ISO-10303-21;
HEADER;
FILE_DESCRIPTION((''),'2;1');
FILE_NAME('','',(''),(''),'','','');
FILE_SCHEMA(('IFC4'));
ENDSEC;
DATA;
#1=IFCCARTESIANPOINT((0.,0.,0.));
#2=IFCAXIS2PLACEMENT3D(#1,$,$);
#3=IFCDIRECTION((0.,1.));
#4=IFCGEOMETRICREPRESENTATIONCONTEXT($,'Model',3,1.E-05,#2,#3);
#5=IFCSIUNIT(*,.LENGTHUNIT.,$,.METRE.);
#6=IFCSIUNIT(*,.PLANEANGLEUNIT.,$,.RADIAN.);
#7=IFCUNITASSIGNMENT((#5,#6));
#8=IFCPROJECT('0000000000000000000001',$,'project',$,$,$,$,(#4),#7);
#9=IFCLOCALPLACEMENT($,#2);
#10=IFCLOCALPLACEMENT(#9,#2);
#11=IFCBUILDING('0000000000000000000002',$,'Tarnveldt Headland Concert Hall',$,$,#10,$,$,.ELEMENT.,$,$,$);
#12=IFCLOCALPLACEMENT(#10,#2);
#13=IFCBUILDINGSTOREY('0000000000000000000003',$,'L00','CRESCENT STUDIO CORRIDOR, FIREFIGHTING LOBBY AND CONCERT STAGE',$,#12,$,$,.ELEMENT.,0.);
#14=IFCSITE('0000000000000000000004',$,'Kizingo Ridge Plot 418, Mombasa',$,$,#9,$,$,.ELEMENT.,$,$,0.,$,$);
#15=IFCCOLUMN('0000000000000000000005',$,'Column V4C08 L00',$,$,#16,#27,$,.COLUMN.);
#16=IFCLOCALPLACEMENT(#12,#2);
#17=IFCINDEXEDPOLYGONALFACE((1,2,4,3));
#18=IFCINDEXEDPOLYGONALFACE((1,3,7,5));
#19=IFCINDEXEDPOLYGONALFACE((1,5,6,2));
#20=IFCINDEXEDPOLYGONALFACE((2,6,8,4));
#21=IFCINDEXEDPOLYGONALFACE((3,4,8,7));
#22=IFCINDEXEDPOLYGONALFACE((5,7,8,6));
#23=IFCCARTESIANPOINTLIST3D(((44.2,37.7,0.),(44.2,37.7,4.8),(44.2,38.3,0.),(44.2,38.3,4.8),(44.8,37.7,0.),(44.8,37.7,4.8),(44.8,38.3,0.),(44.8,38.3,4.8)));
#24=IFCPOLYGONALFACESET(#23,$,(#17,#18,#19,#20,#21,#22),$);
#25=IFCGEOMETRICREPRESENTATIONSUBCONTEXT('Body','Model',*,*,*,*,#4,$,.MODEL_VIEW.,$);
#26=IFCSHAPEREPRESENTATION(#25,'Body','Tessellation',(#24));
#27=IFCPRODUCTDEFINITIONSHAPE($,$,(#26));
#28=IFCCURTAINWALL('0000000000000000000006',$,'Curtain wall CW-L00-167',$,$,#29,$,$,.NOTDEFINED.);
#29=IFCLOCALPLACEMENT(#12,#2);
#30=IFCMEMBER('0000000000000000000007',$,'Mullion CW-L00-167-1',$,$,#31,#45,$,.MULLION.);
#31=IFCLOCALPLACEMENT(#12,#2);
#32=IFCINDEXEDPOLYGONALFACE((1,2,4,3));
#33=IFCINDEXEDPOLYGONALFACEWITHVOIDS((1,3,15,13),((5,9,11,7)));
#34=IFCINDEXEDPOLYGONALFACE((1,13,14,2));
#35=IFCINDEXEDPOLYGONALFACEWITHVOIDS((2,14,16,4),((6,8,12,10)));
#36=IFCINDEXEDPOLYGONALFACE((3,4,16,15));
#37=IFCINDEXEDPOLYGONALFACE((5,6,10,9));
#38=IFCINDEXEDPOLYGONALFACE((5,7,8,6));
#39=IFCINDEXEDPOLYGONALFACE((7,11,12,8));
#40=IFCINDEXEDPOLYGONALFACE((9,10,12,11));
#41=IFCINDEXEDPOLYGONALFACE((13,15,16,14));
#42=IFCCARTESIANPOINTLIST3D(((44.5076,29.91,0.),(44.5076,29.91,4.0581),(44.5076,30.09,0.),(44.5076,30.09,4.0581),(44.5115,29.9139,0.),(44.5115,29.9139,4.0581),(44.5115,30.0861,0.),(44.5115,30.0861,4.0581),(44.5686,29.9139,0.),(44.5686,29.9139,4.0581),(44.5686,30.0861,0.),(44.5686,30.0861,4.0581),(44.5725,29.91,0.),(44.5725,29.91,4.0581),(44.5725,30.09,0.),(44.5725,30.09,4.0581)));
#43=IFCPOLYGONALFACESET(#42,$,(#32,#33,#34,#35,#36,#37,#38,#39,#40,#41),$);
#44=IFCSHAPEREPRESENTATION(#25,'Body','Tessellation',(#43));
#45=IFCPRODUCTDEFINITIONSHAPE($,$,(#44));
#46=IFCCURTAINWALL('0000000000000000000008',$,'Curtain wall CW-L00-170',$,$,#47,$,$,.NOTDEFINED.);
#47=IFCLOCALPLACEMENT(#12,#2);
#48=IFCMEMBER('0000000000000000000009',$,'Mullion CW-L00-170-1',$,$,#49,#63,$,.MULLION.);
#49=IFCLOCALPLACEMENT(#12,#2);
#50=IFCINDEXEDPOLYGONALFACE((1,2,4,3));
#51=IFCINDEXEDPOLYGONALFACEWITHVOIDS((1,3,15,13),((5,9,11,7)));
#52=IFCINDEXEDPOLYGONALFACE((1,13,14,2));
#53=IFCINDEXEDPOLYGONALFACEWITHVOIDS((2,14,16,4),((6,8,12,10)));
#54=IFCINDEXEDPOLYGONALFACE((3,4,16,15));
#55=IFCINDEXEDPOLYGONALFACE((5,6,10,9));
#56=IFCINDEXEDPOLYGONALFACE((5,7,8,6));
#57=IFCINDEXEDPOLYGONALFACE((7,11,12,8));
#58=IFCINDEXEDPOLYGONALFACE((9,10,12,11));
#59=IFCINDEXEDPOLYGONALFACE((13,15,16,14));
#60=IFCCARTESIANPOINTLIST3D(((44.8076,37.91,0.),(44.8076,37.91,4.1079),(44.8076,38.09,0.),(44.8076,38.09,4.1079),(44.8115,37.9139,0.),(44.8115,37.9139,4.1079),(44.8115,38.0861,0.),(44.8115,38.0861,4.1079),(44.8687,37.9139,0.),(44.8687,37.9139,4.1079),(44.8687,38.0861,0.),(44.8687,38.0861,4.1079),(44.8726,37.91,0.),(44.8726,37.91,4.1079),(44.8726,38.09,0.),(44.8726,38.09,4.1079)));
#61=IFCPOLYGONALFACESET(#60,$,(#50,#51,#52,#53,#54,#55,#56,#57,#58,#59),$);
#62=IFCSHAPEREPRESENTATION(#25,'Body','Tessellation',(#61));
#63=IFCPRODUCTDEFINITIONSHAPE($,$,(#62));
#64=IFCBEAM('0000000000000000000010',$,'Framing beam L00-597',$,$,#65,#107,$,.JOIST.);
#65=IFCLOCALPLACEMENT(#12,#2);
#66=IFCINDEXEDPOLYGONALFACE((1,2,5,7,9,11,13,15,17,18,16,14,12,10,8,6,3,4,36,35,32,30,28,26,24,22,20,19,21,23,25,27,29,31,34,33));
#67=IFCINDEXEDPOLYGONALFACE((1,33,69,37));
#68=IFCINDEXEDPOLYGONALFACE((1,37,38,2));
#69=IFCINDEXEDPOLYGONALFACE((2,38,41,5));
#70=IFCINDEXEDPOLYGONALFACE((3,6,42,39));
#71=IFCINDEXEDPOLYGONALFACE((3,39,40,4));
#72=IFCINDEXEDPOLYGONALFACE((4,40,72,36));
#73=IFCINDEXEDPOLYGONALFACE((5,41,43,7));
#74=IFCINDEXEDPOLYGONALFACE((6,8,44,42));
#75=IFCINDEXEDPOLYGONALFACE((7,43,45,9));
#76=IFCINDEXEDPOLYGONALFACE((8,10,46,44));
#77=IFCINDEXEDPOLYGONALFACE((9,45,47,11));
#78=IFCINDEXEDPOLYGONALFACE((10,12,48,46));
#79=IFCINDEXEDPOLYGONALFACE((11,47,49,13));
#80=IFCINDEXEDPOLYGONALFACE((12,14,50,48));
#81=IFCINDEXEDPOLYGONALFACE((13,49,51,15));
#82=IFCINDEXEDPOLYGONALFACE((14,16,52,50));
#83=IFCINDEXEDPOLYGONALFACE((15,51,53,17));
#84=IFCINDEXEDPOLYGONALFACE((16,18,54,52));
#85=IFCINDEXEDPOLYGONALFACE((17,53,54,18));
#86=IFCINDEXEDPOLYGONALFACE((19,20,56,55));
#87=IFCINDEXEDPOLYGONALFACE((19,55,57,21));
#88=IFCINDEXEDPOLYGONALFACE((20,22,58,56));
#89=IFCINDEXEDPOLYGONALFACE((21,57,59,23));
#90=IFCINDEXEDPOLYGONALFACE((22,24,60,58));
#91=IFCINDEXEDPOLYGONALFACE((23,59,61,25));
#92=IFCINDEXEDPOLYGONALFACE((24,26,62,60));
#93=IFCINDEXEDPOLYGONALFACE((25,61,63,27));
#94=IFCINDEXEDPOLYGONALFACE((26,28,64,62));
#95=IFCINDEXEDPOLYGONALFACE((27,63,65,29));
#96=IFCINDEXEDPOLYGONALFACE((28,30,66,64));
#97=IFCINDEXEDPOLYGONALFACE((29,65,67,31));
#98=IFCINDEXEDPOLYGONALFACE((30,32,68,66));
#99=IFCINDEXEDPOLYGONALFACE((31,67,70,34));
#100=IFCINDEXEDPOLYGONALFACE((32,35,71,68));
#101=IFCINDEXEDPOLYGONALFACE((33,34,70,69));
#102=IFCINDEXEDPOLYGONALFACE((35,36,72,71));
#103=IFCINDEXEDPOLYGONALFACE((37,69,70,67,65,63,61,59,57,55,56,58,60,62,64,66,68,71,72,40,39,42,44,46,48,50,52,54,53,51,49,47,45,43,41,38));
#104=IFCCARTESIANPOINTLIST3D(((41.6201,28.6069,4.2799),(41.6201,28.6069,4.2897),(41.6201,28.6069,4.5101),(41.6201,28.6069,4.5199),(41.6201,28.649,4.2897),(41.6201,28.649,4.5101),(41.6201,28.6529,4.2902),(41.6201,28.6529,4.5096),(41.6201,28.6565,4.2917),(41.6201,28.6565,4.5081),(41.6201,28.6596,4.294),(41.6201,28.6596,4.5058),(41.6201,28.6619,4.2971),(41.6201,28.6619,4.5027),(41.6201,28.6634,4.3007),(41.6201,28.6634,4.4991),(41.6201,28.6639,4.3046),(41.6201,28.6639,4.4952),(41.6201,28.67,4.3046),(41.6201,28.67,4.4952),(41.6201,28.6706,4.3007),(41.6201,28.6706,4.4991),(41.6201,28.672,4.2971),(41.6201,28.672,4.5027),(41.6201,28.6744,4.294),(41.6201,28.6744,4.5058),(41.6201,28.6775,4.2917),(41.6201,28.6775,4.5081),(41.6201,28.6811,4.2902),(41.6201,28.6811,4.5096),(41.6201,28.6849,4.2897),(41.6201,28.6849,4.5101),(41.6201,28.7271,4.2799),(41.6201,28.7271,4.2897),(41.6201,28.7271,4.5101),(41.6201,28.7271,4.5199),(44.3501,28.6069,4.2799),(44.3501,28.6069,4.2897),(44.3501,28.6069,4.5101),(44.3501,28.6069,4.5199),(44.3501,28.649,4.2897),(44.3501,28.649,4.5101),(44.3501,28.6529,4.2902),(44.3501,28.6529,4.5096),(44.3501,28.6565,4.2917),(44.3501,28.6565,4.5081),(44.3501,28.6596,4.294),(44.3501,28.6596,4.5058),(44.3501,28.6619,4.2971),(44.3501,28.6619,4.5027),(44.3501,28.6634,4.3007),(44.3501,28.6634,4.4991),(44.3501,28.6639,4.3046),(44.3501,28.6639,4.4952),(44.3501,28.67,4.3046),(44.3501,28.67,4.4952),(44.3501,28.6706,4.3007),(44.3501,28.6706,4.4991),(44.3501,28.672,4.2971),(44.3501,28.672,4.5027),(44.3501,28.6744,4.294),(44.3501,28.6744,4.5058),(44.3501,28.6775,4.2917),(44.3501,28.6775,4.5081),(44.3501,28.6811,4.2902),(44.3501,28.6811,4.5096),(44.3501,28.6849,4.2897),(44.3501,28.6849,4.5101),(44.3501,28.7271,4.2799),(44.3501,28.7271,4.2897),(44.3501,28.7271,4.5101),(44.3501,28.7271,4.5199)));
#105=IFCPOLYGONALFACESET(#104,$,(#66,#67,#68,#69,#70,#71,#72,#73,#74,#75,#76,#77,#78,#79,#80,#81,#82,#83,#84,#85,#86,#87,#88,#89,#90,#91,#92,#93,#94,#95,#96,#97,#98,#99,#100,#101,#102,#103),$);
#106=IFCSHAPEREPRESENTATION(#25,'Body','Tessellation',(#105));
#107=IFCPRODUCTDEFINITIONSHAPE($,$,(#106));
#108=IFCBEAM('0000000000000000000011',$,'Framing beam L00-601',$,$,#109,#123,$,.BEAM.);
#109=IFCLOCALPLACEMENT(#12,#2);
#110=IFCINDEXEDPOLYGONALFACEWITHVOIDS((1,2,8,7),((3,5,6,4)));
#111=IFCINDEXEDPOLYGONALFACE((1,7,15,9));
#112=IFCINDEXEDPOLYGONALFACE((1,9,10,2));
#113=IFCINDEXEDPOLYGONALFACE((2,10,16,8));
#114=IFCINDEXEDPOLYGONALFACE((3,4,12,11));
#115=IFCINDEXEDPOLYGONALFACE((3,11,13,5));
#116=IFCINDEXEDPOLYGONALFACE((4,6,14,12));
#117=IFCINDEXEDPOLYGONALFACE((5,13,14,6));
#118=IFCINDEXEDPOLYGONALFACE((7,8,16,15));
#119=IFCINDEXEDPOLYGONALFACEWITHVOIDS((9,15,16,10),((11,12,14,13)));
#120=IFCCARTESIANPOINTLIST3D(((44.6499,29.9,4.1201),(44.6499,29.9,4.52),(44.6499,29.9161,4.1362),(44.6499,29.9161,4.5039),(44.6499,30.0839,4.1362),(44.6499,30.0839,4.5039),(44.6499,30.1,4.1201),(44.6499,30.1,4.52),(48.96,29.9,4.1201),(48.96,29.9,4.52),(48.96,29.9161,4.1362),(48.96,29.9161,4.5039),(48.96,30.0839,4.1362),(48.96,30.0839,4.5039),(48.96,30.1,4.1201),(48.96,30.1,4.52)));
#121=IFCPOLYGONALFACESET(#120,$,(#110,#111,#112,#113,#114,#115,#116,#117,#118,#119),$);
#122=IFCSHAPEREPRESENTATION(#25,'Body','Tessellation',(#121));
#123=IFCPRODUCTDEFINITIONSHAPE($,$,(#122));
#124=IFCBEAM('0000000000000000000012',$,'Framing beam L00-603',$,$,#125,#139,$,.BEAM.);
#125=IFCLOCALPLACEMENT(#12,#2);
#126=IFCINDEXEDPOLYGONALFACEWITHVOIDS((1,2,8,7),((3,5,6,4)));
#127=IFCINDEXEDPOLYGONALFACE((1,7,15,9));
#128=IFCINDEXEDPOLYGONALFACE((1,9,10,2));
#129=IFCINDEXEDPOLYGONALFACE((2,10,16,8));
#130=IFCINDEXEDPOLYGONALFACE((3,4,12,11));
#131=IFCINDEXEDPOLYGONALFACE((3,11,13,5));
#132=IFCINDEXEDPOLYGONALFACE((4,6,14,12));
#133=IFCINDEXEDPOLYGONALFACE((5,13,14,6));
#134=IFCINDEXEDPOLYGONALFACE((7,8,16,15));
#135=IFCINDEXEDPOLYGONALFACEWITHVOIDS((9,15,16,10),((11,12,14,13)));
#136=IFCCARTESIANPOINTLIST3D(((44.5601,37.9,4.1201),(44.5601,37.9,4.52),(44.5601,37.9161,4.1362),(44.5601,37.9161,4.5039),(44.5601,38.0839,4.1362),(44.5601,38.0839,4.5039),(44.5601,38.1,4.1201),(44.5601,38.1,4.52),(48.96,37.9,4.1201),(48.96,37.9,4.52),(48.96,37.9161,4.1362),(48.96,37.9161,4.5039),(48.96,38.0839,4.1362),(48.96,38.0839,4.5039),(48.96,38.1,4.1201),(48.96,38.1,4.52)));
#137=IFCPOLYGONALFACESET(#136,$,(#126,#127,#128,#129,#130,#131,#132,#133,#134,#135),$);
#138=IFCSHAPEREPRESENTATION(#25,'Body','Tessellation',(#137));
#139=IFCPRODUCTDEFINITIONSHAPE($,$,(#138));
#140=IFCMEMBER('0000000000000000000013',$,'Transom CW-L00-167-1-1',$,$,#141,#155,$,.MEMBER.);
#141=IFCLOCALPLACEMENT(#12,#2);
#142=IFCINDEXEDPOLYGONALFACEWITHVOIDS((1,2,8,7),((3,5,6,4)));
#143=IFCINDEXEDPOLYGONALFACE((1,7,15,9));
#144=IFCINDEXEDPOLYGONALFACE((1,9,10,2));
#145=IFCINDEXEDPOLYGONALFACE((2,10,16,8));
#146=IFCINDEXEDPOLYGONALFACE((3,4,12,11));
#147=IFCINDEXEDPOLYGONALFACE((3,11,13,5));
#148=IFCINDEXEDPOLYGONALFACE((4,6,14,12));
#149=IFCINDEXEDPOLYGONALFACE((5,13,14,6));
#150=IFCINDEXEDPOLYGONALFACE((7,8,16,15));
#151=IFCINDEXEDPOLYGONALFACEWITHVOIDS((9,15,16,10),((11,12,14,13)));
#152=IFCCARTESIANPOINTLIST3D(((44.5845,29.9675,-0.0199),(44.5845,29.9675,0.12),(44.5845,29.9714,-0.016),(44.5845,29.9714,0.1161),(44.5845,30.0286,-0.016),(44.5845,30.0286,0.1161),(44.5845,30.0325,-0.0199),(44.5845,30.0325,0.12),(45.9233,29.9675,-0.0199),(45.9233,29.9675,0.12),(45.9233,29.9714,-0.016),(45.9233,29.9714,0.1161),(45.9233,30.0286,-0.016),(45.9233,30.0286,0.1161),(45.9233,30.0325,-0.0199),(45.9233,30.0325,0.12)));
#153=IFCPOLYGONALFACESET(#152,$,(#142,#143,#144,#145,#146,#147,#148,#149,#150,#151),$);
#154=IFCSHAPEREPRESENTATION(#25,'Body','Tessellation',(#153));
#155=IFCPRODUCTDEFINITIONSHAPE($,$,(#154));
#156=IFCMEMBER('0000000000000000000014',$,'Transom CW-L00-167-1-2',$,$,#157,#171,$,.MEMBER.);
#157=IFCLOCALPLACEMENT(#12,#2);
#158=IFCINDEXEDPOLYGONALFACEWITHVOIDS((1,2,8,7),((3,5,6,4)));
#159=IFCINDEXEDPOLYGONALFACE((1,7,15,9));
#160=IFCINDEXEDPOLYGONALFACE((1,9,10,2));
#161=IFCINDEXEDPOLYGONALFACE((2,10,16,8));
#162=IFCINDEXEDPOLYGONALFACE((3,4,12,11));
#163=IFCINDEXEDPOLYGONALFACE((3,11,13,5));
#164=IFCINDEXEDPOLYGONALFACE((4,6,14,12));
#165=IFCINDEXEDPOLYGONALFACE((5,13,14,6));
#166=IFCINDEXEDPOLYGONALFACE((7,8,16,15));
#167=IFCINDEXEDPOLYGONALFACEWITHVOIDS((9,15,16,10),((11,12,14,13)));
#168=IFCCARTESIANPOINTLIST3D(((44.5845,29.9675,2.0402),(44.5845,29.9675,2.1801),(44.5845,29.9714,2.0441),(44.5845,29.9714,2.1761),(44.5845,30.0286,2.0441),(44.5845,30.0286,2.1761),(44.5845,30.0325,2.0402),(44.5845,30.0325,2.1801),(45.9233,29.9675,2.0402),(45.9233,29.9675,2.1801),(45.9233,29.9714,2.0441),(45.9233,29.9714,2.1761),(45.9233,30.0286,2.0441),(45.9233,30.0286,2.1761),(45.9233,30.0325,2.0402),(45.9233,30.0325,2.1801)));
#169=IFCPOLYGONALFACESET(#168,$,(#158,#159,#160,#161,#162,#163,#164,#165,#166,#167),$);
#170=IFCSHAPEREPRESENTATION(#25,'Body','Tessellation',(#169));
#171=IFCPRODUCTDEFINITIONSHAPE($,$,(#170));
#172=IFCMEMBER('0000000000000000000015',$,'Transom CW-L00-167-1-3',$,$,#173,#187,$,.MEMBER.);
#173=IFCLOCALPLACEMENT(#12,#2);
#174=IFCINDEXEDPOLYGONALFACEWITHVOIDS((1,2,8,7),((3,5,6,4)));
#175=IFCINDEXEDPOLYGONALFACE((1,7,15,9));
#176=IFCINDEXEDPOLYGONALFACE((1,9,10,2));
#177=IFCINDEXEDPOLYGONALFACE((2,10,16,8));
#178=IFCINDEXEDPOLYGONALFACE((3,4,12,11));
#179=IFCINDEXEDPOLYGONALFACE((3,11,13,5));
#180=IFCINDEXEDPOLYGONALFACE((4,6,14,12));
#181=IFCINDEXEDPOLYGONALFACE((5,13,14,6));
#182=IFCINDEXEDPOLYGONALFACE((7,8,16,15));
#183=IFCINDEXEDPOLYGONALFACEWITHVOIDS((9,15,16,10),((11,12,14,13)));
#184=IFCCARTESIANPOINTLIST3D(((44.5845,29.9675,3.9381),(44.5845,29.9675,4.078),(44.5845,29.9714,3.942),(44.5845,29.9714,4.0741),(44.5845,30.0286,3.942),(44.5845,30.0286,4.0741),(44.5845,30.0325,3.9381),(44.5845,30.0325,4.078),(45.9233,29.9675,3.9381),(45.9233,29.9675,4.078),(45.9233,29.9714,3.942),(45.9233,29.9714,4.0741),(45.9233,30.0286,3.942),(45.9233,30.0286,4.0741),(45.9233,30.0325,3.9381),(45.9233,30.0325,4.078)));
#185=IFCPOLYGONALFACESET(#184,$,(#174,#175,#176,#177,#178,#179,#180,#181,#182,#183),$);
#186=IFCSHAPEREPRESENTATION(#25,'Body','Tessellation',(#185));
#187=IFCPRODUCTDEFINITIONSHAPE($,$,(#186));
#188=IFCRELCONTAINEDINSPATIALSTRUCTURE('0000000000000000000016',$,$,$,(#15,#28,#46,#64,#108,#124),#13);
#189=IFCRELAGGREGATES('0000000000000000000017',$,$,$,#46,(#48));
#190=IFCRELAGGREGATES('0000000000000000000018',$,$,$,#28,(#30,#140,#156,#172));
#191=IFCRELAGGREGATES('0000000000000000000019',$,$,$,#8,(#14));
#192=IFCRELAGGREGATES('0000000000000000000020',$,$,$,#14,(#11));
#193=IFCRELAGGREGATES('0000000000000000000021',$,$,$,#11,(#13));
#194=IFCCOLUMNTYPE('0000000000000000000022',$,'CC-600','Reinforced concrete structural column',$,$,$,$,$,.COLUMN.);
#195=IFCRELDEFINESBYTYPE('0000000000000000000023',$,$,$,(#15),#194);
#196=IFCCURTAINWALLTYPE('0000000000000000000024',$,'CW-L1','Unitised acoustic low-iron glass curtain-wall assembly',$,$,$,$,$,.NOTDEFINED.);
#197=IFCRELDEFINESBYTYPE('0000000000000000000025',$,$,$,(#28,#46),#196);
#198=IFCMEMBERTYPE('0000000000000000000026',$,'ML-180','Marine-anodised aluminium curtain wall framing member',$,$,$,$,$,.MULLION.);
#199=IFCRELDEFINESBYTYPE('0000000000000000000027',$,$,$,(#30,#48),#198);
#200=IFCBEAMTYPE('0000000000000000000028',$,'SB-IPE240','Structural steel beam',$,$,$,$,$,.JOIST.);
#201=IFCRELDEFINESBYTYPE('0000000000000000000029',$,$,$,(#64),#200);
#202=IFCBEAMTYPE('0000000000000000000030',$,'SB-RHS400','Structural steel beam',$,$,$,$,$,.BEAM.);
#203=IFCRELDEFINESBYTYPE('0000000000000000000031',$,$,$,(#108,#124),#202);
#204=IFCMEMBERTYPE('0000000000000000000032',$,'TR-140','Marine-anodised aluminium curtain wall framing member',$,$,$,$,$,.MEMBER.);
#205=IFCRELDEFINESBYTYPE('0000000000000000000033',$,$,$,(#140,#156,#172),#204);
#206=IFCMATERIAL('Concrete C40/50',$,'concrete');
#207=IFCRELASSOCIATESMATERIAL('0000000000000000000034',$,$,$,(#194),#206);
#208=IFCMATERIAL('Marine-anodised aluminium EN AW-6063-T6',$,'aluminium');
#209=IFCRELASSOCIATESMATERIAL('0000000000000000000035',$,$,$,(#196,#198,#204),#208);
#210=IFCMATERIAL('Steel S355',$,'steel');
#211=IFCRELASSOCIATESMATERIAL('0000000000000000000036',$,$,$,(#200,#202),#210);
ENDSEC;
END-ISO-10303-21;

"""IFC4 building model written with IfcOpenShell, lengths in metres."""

from ifc_helpers import new_model, si_unit, direction, frame, origin, origin_2d, place, context, subcontext, project, spatial, rectangle, hollow_rectangle, i_section, extrude, material, material_profile, profile_set, type_object, element, aggregate, save


model = new_model("IFC4")

# Units and contexts
model_context = context("Model", 3, precision=1e-05, world=origin(), true_north=direction((0.0, 1.0)))
body_context = subcontext(model_context, "Body", "Model", "MODEL_VIEW")
ifc_project = project(units=[si_unit("LENGTHUNIT", "METRE"), si_unit("PLANEANGLEUNIT", "RADIAN")], contexts=[model_context])

# Site, building, storey
site_placement = place(None, origin())
site = spatial("IfcSite", under=ifc_project, at=site_placement, Name="Kizingo Ridge Plot 418, Mombasa", CompositionType="ELEMENT", RefElevation=0.0)
building_placement = place(site_placement, origin())
building = spatial("IfcBuilding", under=site, at=building_placement, Name="Tarnveldt Headland Concert Hall", CompositionType="ELEMENT")
storey_placement = place(building_placement, origin())
storey = spatial("IfcBuildingStorey", under=building, at=storey_placement, Name="L00", Description="CRESCENT STUDIO CORRIDOR, FIREFIGHTING LOBBY AND CONCERT STAGE", CompositionType="ELEMENT", Elevation=0.0)

# Column
ifc_material_1 = material(Name="Concrete C40/50", Category="concrete")
ifc_material_profile_1 = material_profile(ifc_material_1, rectangle(XDim=0.6001, YDim=0.6001, at=origin_2d()), Name="RC 600x600", Category="concrete")
ifc_profile_set_1 = profile_set([ifc_material_profile_1], Name="Concrete C40/50")
column_type = type_object("IfcColumnType", Name="CC-600", Description="Reinforced concrete structural column", PredefinedType="COLUMN", material=ifc_profile_set_1)
column_placement = place(storey_placement, frame((44.5, 38.0, 0.0), z_axis=(0.0, 0.0, 1.0), x_axis=(1.0, 0.0, 0.0)))
element("IfcColumn", 1, at=column_placement, inside=storey, type_object=column_type, Name="Column V4C08 L00", PredefinedType="COLUMN", context=body_context, shape_type="SweptSolid", body=[
    extrude(rectangle(XDim=0.6001, YDim=0.6001, at=origin_2d()), origin(), (0.0, 0.0, 1.0), 4.8),
])

# Curtain walls, members
ifc_material_2 = material(Name="Marine-anodised aluminium EN AW-6063-T6", Category="aluminium")
curtain_wall_type = type_object("IfcCurtainWallType", Name="CW-L1", Description="Unitised acoustic low-iron glass curtain-wall assembly", PredefinedType="NOTDEFINED", material=ifc_material_2)
curtain_wall_1_placement = place(storey_placement, origin())
curtain_wall_1 = element("IfcCurtainWall", 2, at=curtain_wall_1_placement, inside=storey, type_object=curtain_wall_type, Name="Curtain wall CW-L00-167", PredefinedType="NOTDEFINED")
ifc_material_profile_2 = material_profile(ifc_material_2, hollow_rectangle(XDim=0.0649, YDim=0.1799, WallThickness=0.0039, at=origin_2d()), Name="ALU MULLION 65x180x4", Category="aluminium")
ifc_profile_set_2 = profile_set([ifc_material_profile_2], Name="Marine-anodised aluminium EN AW-6063-T6")
member_type_1 = type_object("IfcMemberType", Name="ML-180", Description="Marine-anodised aluminium curtain wall framing member", PredefinedType="MULLION", material=ifc_profile_set_2)
member_1_placement = place(storey_placement, frame((44.54, 30.0, 0.0), z_axis=(0.0, 0.0, 1.0), x_axis=(1.0, 0.0, 0.0)))
member_1 = element("IfcMember", 3, at=member_1_placement, type_object=member_type_1, Name="Mullion CW-L00-167-1", PredefinedType="MULLION", context=body_context, shape_type="SweptSolid", body=[
    extrude(hollow_rectangle(XDim=0.0649, YDim=0.1799, WallThickness=0.0039, at=origin_2d()), origin(), (0.0, 0.0, 1.0), 4.0581),
])
curtain_wall_2_placement = place(storey_placement, origin())
curtain_wall_2 = element("IfcCurtainWall", 4, at=curtain_wall_2_placement, inside=storey, type_object=curtain_wall_type, Name="Curtain wall CW-L00-170", PredefinedType="NOTDEFINED")
member_2_placement = place(storey_placement, frame((44.8401, 38.0, 0.0), z_axis=(0.0, 0.0, 1.0), x_axis=(1.0, 0.0, 0.0)))
member_2 = element("IfcMember", 5, at=member_2_placement, type_object=member_type_1, Name="Mullion CW-L00-170-1", PredefinedType="MULLION", context=body_context, shape_type="SweptSolid", body=[
    extrude(hollow_rectangle(XDim=0.0649, YDim=0.1799, WallThickness=0.0039, at=origin_2d()), origin(), (0.0, 0.0, 1.0), 4.1079),
])
aggregate(curtain_wall_2, [member_2])

# Beams
ifc_material_3 = material(Name="Steel S355", Category="steel")
ifc_material_profile_3 = material_profile(ifc_material_3, i_section(OverallWidth=0.1201, OverallDepth=0.24, WebThickness=0.0061, FlangeThickness=0.0098, FilletRadius=0.0149, at=origin_2d()), Name="IPE240", Category="steel")
ifc_profile_set_3 = profile_set([ifc_material_profile_3], Name="Steel S355")
beam_type_1 = type_object("IfcBeamType", Name="SB-IPE240", Description="Structural steel beam", PredefinedType="JOIST", material=ifc_profile_set_3)
beam_1_placement = place(storey_placement, frame((41.6201, 28.667, 4.3999), z_axis=(1.0, 0.0, 0.0), x_axis=(0.0, 1.0, 0.0)))
element("IfcBeam", 6, at=beam_1_placement, inside=storey, type_object=beam_type_1, Name="Framing beam L00-597", PredefinedType="JOIST", context=body_context, shape_type="SweptSolid", body=[
    extrude(i_section(OverallWidth=0.1201, OverallDepth=0.24, WebThickness=0.0061, FlangeThickness=0.0098, FilletRadius=0.0149, at=origin_2d()), origin(), (0.0, 0.0, 1.0), 2.73),
])
ifc_material_profile_4 = material_profile(ifc_material_3, hollow_rectangle(XDim=0.2, YDim=0.3999, WallThickness=0.0161, at=origin_2d()), Name="RHS 400x200x16", Category="steel")
ifc_profile_set_4 = profile_set([ifc_material_profile_4], Name="Steel S355")
beam_type_2 = type_object("IfcBeamType", Name="SB-RHS400", Description="Structural steel beam", PredefinedType="BEAM", material=ifc_profile_set_4)
beam_2_placement = place(storey_placement, frame((44.6499, 30.0, 4.3201), z_axis=(1.0, 0.0, 0.0), x_axis=(0.0, 1.0, 0.0)))
element("IfcBeam", 7, at=beam_2_placement, inside=storey, type_object=beam_type_2, Name="Framing beam L00-601", PredefinedType="BEAM", context=body_context, shape_type="SweptSolid", body=[
    extrude(hollow_rectangle(XDim=0.2, YDim=0.3999, WallThickness=0.0161, at=origin_2d()), origin(), (0.0, 0.0, 1.0), 4.3101),
])
beam_3_placement = place(storey_placement, frame((44.5601, 38.0, 4.3201), z_axis=(1.0, 0.0, 0.0), x_axis=(0.0, 1.0, 0.0)))
element("IfcBeam", 8, at=beam_3_placement, inside=storey, type_object=beam_type_2, Name="Framing beam L00-603", PredefinedType="BEAM", context=body_context, shape_type="SweptSolid", body=[
    extrude(hollow_rectangle(XDim=0.2, YDim=0.3999, WallThickness=0.0161, at=origin_2d()), origin(), (0.0, 0.0, 1.0), 4.3999),
])

# Members
ifc_material_profile_5 = material_profile(ifc_material_2, hollow_rectangle(XDim=0.0649, YDim=0.1399, WallThickness=0.0039, at=origin_2d()), Name="ALU TRANSOM 65x140x4", Category="aluminium")
ifc_profile_set_5 = profile_set([ifc_material_profile_5], Name="Marine-anodised aluminium EN AW-6063-T6")
member_type_2 = type_object("IfcMemberType", Name="TR-140", Description="Marine-anodised aluminium curtain wall framing member", PredefinedType="MEMBER", material=ifc_profile_set_5)
member_3_placement = place(storey_placement, frame((44.5845, 30.0, 0.05), z_axis=(1.0, 0.0, 0.0), x_axis=(0.0, 1.0, 0.0)))
member_3 = element("IfcMember", 9, at=member_3_placement, type_object=member_type_2, Name="Transom CW-L00-167-1-1", PredefinedType="MEMBER", context=body_context, shape_type="SweptSolid", body=[
    extrude(hollow_rectangle(XDim=0.0649, YDim=0.1399, WallThickness=0.0039, at=origin_2d()), origin(), (0.0, 0.0, 1.0), 1.3389),
])
member_4_placement = place(storey_placement, frame((44.5845, 30.0, 2.1101), z_axis=(1.0, 0.0, 0.0), x_axis=(0.0, 1.0, 0.0)))
member_4 = element("IfcMember", 10, at=member_4_placement, type_object=member_type_2, Name="Transom CW-L00-167-1-2", PredefinedType="MEMBER", context=body_context, shape_type="SweptSolid", body=[
    extrude(hollow_rectangle(XDim=0.0649, YDim=0.1399, WallThickness=0.0039, at=origin_2d()), origin(), (0.0, 0.0, 1.0), 1.3389),
])
member_5_placement = place(storey_placement, frame((44.5845, 30.0, 4.0081), z_axis=(1.0, 0.0, 0.0), x_axis=(0.0, 1.0, 0.0)))
member_5 = element("IfcMember", 11, at=member_5_placement, type_object=member_type_2, Name="Transom CW-L00-167-1-3", PredefinedType="MEMBER", context=body_context, shape_type="SweptSolid", body=[
    extrude(hollow_rectangle(XDim=0.0649, YDim=0.1399, WallThickness=0.0039, at=origin_2d()), origin(), (0.0, 0.0, 1.0), 1.3389),
])
aggregate(curtain_wall_1, [member_1, member_3, member_4, member_5])

save(model, "model.ifc")
